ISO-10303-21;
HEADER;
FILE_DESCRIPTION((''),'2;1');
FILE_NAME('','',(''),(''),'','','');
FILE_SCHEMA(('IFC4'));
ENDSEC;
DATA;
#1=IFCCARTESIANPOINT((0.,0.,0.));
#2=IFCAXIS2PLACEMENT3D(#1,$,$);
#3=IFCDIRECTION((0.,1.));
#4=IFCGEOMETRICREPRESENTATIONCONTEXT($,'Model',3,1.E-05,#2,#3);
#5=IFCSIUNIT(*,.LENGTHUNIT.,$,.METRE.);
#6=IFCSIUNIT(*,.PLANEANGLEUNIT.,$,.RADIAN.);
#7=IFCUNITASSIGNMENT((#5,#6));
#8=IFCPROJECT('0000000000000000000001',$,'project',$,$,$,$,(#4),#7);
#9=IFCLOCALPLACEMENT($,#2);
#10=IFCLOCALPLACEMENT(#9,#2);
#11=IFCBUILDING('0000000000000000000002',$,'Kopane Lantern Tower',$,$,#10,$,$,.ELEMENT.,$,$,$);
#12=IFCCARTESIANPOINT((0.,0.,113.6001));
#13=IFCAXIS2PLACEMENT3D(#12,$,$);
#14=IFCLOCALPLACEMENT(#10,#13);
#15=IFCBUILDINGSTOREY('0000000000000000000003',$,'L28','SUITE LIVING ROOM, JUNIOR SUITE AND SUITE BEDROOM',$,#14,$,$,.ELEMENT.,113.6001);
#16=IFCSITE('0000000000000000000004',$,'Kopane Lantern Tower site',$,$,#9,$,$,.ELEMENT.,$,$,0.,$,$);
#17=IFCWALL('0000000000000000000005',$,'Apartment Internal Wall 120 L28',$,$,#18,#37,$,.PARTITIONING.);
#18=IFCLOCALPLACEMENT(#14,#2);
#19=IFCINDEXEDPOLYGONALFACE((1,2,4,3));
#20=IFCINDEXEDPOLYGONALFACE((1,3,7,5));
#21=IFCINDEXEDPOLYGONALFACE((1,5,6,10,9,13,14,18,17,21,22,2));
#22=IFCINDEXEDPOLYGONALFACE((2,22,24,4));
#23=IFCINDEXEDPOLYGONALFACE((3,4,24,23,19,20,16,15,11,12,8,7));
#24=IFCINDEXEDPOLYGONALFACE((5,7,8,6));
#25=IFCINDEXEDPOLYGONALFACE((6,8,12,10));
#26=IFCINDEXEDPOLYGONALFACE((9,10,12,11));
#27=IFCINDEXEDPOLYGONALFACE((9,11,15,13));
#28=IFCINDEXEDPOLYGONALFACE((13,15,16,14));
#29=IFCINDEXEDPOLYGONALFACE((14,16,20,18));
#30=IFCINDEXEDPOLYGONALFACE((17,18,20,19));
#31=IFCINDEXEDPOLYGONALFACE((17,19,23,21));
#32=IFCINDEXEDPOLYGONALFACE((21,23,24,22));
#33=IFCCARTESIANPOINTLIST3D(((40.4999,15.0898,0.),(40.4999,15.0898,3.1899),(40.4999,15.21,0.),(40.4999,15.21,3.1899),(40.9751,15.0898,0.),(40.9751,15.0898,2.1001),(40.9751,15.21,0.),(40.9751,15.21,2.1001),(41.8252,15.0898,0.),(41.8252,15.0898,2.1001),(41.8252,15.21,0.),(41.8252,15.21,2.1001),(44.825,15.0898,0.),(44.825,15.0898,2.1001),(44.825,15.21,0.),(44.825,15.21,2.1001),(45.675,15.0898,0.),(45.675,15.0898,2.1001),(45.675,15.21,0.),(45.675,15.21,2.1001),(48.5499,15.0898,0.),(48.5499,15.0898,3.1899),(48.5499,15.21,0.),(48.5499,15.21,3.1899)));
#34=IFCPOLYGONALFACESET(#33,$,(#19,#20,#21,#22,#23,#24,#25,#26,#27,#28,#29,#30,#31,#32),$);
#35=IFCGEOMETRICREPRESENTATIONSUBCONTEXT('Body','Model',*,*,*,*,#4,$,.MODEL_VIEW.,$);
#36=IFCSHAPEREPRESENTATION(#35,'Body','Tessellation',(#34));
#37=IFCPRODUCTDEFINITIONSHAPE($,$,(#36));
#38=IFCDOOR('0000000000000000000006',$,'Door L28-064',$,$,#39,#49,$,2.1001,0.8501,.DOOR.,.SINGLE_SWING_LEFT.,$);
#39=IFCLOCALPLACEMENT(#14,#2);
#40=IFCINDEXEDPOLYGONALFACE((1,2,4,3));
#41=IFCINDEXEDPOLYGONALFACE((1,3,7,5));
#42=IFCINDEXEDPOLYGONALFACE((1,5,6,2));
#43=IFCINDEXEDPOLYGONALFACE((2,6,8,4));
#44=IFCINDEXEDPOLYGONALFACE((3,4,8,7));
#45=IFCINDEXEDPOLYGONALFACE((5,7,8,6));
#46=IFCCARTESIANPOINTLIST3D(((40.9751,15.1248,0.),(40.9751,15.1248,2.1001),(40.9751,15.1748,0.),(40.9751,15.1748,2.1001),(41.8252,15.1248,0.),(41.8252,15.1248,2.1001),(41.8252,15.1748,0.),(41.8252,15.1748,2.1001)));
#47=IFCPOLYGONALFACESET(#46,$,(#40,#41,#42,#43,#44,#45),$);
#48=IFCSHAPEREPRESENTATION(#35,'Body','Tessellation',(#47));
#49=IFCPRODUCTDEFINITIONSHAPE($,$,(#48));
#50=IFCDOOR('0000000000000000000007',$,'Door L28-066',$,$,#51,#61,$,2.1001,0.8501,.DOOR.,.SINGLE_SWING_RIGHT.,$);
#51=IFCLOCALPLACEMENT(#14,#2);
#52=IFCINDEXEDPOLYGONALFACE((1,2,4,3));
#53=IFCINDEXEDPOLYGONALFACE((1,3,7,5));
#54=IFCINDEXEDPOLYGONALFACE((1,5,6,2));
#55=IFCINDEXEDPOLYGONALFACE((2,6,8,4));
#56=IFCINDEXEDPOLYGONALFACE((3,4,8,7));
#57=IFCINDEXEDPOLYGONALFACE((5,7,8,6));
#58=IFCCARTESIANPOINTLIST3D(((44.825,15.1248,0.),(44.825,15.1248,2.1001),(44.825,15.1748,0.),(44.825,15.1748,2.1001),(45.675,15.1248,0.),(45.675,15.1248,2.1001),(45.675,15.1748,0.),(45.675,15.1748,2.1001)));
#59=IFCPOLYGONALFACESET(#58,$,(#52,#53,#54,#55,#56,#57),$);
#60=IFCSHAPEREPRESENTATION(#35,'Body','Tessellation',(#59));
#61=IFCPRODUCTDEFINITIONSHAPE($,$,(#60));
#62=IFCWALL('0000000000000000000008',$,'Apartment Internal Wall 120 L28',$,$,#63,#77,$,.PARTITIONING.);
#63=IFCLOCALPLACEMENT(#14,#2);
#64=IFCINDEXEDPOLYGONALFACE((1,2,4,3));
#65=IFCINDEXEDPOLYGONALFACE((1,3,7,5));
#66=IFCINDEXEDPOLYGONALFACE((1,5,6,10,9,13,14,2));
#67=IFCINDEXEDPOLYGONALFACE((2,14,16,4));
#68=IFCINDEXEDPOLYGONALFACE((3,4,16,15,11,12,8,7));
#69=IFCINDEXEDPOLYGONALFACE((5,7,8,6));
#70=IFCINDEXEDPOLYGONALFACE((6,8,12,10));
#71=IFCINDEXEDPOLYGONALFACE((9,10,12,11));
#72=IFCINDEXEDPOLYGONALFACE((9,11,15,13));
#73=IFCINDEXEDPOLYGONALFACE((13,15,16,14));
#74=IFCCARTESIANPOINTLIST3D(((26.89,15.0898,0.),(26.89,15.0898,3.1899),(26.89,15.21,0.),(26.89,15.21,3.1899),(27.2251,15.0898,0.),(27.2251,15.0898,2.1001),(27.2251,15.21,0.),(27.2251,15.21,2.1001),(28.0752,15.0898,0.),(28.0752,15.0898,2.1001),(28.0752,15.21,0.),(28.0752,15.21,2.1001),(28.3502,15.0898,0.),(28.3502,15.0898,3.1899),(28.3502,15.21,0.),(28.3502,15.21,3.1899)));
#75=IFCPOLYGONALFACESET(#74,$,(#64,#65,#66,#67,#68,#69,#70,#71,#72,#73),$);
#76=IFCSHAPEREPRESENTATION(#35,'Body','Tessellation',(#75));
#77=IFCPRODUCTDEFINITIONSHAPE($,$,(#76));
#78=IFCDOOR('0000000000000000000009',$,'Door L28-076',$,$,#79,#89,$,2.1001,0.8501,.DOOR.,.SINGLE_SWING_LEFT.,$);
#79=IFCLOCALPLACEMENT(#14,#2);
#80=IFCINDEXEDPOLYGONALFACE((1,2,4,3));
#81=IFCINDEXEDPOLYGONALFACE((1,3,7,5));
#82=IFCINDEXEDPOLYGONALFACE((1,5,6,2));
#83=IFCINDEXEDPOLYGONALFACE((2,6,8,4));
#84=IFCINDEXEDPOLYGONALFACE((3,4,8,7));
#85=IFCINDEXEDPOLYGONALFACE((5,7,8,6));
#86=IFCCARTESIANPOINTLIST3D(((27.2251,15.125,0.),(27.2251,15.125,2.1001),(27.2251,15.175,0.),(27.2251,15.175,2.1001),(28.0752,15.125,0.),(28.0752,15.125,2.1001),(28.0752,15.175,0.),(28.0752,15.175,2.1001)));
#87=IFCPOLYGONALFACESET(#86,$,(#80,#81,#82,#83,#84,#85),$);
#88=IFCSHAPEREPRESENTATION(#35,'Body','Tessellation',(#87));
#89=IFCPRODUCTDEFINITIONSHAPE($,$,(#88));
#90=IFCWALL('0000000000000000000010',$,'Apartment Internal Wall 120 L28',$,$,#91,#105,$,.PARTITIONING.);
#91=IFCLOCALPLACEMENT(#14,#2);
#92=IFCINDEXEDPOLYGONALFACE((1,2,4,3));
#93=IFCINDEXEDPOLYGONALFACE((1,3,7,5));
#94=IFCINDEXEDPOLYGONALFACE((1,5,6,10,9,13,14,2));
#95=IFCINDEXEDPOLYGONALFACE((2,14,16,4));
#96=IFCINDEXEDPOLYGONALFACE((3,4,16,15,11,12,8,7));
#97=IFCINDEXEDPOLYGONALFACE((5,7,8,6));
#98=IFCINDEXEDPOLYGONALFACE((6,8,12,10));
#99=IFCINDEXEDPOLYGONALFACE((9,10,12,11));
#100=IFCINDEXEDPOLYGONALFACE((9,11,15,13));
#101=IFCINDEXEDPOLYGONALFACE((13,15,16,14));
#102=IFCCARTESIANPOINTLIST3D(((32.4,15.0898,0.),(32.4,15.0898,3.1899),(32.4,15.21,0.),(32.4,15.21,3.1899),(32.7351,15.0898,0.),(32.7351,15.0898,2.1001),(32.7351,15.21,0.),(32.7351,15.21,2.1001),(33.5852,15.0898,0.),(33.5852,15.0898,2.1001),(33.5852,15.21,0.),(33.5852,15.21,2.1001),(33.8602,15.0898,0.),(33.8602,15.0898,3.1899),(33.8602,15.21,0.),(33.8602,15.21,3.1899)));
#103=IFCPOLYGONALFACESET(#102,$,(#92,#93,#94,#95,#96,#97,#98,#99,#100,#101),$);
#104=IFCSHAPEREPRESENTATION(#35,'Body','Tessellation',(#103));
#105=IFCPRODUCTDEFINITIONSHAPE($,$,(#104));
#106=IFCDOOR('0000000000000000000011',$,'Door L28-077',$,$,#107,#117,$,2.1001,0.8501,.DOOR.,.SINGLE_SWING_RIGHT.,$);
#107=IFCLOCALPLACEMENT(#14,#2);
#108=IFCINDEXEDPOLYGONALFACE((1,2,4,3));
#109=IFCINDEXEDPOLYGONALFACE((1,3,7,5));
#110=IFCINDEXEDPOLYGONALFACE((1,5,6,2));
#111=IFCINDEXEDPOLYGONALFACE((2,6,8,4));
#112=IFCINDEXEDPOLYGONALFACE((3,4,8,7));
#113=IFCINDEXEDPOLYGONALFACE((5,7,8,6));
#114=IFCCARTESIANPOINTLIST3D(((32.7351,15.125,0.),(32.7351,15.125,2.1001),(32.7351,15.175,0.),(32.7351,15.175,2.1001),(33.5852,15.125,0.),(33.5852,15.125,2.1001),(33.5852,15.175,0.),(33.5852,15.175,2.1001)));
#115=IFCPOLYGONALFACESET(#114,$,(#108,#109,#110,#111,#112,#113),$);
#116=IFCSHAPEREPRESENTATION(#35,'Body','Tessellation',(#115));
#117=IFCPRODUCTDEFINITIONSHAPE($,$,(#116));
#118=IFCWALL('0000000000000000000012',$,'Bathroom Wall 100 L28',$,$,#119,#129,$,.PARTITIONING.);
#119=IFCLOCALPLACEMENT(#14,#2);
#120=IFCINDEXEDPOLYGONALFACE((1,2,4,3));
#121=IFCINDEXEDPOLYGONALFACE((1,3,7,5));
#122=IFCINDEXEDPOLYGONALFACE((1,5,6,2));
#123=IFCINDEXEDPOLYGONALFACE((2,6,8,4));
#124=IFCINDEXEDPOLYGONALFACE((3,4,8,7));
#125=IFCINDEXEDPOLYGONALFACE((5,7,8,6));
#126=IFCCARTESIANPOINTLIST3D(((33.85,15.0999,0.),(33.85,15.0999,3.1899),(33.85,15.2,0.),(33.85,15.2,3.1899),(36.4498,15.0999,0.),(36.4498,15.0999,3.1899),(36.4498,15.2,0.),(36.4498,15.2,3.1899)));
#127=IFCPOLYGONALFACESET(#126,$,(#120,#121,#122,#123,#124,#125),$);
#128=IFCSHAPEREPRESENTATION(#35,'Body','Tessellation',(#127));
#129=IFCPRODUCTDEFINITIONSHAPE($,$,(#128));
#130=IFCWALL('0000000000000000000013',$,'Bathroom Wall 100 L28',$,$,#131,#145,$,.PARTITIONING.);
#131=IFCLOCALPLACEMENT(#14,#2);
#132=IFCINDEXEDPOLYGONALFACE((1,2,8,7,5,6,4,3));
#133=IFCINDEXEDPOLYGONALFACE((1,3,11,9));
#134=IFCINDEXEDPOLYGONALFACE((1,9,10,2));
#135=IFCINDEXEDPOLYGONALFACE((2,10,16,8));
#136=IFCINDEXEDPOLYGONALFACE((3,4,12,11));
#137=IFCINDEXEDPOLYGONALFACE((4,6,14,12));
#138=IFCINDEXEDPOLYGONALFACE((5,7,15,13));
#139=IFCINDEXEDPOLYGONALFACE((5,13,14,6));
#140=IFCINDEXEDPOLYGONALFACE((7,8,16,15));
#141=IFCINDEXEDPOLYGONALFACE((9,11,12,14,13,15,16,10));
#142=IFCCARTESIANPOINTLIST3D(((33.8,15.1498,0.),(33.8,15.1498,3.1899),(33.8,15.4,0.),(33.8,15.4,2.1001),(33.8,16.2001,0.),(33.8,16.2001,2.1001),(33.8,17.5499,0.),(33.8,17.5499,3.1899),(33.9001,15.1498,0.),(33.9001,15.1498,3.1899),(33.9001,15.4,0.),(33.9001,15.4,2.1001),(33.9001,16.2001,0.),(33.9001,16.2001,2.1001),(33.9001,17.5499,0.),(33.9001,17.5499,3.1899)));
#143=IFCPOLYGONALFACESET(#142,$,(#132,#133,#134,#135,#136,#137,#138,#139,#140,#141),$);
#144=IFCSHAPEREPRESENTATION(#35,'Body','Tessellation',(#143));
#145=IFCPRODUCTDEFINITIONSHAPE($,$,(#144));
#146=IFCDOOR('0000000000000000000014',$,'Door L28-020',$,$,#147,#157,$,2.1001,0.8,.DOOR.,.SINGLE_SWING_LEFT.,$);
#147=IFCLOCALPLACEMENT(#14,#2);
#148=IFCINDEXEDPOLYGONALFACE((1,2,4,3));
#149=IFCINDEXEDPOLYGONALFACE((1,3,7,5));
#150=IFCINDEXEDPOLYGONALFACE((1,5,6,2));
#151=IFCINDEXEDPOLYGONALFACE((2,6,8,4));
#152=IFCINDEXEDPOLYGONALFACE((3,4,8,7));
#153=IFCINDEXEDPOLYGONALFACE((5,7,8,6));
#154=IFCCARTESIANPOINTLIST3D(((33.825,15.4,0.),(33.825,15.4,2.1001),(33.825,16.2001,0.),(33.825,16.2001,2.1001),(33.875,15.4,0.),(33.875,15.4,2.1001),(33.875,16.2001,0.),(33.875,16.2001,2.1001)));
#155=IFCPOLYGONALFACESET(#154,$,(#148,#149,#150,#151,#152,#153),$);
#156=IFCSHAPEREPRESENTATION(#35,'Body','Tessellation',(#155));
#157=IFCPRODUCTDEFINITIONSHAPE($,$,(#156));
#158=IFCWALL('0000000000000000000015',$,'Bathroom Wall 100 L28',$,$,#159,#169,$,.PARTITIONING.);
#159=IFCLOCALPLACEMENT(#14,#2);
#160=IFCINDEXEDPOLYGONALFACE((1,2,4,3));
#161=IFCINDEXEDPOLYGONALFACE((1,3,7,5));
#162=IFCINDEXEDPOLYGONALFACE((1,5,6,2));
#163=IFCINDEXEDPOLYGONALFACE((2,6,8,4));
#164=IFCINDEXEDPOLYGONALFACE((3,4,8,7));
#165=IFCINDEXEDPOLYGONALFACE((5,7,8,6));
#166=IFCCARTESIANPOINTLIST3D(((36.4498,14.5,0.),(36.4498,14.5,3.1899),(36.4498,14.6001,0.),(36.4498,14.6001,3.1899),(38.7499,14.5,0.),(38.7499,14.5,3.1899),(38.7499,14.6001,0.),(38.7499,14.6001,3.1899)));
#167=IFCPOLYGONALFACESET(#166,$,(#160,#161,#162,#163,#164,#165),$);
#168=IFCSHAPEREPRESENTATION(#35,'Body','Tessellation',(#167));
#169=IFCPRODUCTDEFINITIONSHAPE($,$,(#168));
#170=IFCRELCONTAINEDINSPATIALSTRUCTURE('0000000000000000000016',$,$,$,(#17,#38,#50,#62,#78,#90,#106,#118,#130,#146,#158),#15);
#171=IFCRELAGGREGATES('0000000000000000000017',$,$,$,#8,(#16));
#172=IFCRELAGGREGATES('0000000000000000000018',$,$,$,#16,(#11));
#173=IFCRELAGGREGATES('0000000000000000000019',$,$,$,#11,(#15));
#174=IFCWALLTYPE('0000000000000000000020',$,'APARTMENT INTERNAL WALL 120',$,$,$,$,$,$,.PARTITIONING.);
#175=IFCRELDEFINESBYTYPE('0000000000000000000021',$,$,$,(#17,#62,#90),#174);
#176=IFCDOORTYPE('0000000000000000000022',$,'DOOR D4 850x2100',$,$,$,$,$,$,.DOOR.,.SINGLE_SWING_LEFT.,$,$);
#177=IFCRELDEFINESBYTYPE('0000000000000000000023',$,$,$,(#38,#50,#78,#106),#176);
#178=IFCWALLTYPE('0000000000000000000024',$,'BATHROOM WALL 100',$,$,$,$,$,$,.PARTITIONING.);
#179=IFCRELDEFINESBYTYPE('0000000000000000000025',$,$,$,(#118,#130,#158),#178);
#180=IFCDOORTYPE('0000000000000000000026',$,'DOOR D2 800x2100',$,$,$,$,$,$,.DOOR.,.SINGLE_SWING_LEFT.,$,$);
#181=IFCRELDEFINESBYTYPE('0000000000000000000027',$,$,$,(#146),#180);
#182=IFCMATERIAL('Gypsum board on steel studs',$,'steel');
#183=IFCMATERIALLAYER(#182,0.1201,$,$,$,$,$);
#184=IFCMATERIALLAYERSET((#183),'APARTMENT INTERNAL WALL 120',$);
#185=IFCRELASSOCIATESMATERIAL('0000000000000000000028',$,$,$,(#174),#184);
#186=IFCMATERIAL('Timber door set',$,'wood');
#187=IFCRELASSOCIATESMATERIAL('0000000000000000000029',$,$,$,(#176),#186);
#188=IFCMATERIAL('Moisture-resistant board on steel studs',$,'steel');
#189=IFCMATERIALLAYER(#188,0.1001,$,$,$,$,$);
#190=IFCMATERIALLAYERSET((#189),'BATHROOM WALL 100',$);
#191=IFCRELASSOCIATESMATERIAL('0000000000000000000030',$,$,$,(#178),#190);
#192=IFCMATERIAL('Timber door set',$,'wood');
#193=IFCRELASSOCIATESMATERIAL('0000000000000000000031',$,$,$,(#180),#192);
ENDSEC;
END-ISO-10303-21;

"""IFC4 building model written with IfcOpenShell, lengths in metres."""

from ifc_helpers import new_model, si_unit, direction, frame, frame_2d, origin, place, context, subcontext, project, spatial, rectangle, extrude, material, layer, layer_set, type_object, element, fill, save


model = new_model("IFC4")

# Units and contexts
model_context = context("Model", 3, precision=1e-05, world=origin(), true_north=direction((0.0, 1.0)))
body_context = subcontext(model_context, "Body", "Model", "MODEL_VIEW")
ifc_project = project(units=[si_unit("LENGTHUNIT", "METRE"), si_unit("PLANEANGLEUNIT", "RADIAN")], contexts=[model_context])

# Site, building, storey
site_placement = place(None, origin())
site = spatial("IfcSite", under=ifc_project, at=site_placement, Name="Kopane Lantern Tower site", CompositionType="ELEMENT", RefElevation=0.0)
building_placement = place(site_placement, origin())
building = spatial("IfcBuilding", under=site, at=building_placement, Name="Kopane Lantern Tower", CompositionType="ELEMENT")
storey_placement = place(building_placement, frame((0.0, 0.0, 113.6001)))
storey = spatial("IfcBuildingStorey", under=building, at=storey_placement, Name="L28", Description="SUITE LIVING ROOM, JUNIOR SUITE AND SUITE BEDROOM", CompositionType="ELEMENT", Elevation=113.6001)

# Shared definitions
ifc_material_1 = material(Name="Gypsum board on steel studs", Category="steel")
ifc_layer_1 = layer(ifc_material_1, 0.1201)
ifc_layer_set_1 = layer_set([ifc_layer_1], Name="APARTMENT INTERNAL WALL 120")
wall_type_1 = type_object("IfcWallType", Name="APARTMENT INTERNAL WALL 120", PredefinedType="PARTITIONING", material=ifc_layer_set_1)
ifc_material_2 = material(Name="Timber door set", Category="wood")
door_type_1 = type_object("IfcDoorType", Name="DOOR D4 850x2100", OperationType="SINGLE_SWING_LEFT", PredefinedType="DOOR", material=ifc_material_2)

# Wall, openings, doors
wall_1_placement = place(storey_placement, frame((40.5, 15.1499, 0.0), z_axis=(0.0, 0.0, 1.0), x_axis=(1.0, 0.0, 0.0)))
wall_1 = element("IfcWall", 1, at=wall_1_placement, inside=storey, type_object=wall_type_1, Name="Apartment Internal Wall 120 L28", PredefinedType="PARTITIONING", context=body_context, shape_type="SweptSolid", body=[
    extrude(rectangle(XDim=8.05, YDim=0.1201, at=frame_2d((4.0249, 0.0))), origin(), (0.0, 0.0, 1.0), 3.1899),
])
opening_1_placement = place(wall_1_placement, frame((0.4751, 0.0, 0.0)))
opening_1 = element("IfcOpeningElement", 2, at=opening_1_placement, cuts=wall_1, PredefinedType="OPENING", context=body_context, shape_type="SweptSolid", body=[
    extrude(rectangle(XDim=0.8501, YDim=2.1001, at=frame_2d((0.425, 1.05))), frame((0.0, 0.0701, 0.0), z_axis=(0.0, -1.0, 0.0), x_axis=(1.0, 0.0, 0.0)), (0.0, 0.0, 1.0), 0.1401),
])
opening_2_placement = place(wall_1_placement, frame((4.325, 0.0, 0.0)))
opening_2 = element("IfcOpeningElement", 3, at=opening_2_placement, cuts=wall_1, PredefinedType="OPENING", context=body_context, shape_type="SweptSolid", body=[
    extrude(rectangle(XDim=0.8501, YDim=2.1001, at=frame_2d((0.425, 1.05))), frame((0.0, 0.0701, 0.0), z_axis=(0.0, -1.0, 0.0), x_axis=(1.0, 0.0, 0.0)), (0.0, 0.0, 1.0), 0.1401),
])
door_1_placement = place(opening_1_placement, origin())
door_1 = element("IfcDoor", 4, at=door_1_placement, inside=storey, type_object=door_type_1, Name="Door L28-064", OperationType="SINGLE_SWING_LEFT", OverallHeight=2.1001, OverallWidth=0.8501, PredefinedType="DOOR", context=body_context, shape_type="SweptSolid", body=[
    extrude(rectangle(XDim=0.8501, YDim=2.1001, at=frame_2d((0.425, 1.05))), frame((0.0, 0.0249, 0.0), z_axis=(0.0, -1.0, 0.0), x_axis=(1.0, 0.0, 0.0)), (0.0, 0.0, 1.0), 0.05),
])
fill(opening_1, door_1)
door_2_placement = place(opening_2_placement, origin())
door_2 = element("IfcDoor", 5, at=door_2_placement, inside=storey, type_object=door_type_1, Name="Door L28-066", OperationType="SINGLE_SWING_RIGHT", OverallHeight=2.1001, OverallWidth=0.8501, PredefinedType="DOOR", context=body_context, shape_type="SweptSolid", body=[
    extrude(rectangle(XDim=0.8501, YDim=2.1001, at=frame_2d((0.425, 1.05))), frame((0.0, 0.0249, 0.0), z_axis=(0.0, -1.0, 0.0), x_axis=(1.0, 0.0, 0.0)), (0.0, 0.0, 1.0), 0.05),
])
fill(opening_2, door_2)

# Walls, openings, doors
wall_2_placement = place(storey_placement, frame((28.3501, 15.1499, 0.0), z_axis=(0.0, 0.0, 1.0), x_axis=(-1.0, 0.0, 0.0)))
wall_2 = element("IfcWall", 6, at=wall_2_placement, inside=storey, type_object=wall_type_1, Name="Apartment Internal Wall 120 L28", PredefinedType="PARTITIONING", context=body_context, shape_type="SweptSolid", body=[
    extrude(rectangle(XDim=1.4602, YDim=0.1201, at=frame_2d((0.73, 0.0))), origin(), (0.0, 0.0, 1.0), 3.1899),
])
opening_3_placement = place(wall_2_placement, frame((0.2749, 0.0, 0.0)))
opening_3 = element("IfcOpeningElement", 7, at=opening_3_placement, cuts=wall_2, PredefinedType="OPENING", context=body_context, shape_type="SweptSolid", body=[
    extrude(rectangle(XDim=0.8501, YDim=2.1001, at=frame_2d((0.425, 1.05))), frame((0.0, 0.0701, 0.0), z_axis=(0.0, -1.0, 0.0), x_axis=(1.0, 0.0, 0.0)), (0.0, 0.0, 1.0), 0.1401),
])
door_3_placement = place(opening_3_placement, origin())
door_3 = element("IfcDoor", 8, at=door_3_placement, inside=storey, type_object=door_type_1, Name="Door L28-076", OperationType="SINGLE_SWING_LEFT", OverallHeight=2.1001, OverallWidth=0.8501, PredefinedType="DOOR", context=body_context, shape_type="SweptSolid", body=[
    extrude(rectangle(XDim=0.8501, YDim=2.1001, at=frame_2d((0.425, 1.05))), frame((0.0, 0.0249, 0.0), z_axis=(0.0, -1.0, 0.0), x_axis=(1.0, 0.0, 0.0)), (0.0, 0.0, 1.0), 0.05),
])
fill(opening_3, door_3)
wall_3_placement = place(storey_placement, frame((33.8601, 15.1499, 0.0), z_axis=(0.0, 0.0, 1.0), x_axis=(-1.0, 0.0, 0.0)))
wall_3 = element("IfcWall", 9, at=wall_3_placement, inside=storey, type_object=wall_type_1, Name="Apartment Internal Wall 120 L28", PredefinedType="PARTITIONING", context=body_context, shape_type="SweptSolid", body=[
    extrude(rectangle(XDim=1.4602, YDim=0.1201, at=frame_2d((0.73, 0.0))), origin(), (0.0, 0.0, 1.0), 3.1899),
])
opening_4_placement = place(wall_3_placement, frame((0.2749, 0.0, 0.0)))
opening_4 = element("IfcOpeningElement", 10, at=opening_4_placement, cuts=wall_3, PredefinedType="OPENING", context=body_context, shape_type="SweptSolid", body=[
    extrude(rectangle(XDim=0.8501, YDim=2.1001, at=frame_2d((0.425, 1.05))), frame((0.0, 0.0701, 0.0), z_axis=(0.0, -1.0, 0.0), x_axis=(1.0, 0.0, 0.0)), (0.0, 0.0, 1.0), 0.1401),
])
door_4_placement = place(opening_4_placement, origin())
door_4 = element("IfcDoor", 11, at=door_4_placement, inside=storey, type_object=door_type_1, Name="Door L28-077", OperationType="SINGLE_SWING_RIGHT", OverallHeight=2.1001, OverallWidth=0.8501, PredefinedType="DOOR", context=body_context, shape_type="SweptSolid", body=[
    extrude(rectangle(XDim=0.8501, YDim=2.1001, at=frame_2d((0.425, 1.05))), frame((0.0, 0.0249, 0.0), z_axis=(0.0, -1.0, 0.0), x_axis=(1.0, 0.0, 0.0)), (0.0, 0.0, 1.0), 0.05),
])
fill(opening_4, door_4)

# Wall
ifc_material_3 = material(Name="Moisture-resistant board on steel studs", Category="steel")
ifc_layer_2 = layer(ifc_material_3, 0.1001)
ifc_layer_set_2 = layer_set([ifc_layer_2], Name="BATHROOM WALL 100")
wall_type_2 = type_object("IfcWallType", Name="BATHROOM WALL 100", PredefinedType="PARTITIONING", material=ifc_layer_set_2)
wall_4_placement = place(storey_placement, frame((33.8501, 15.1499, 0.0), z_axis=(0.0, 0.0, 1.0), x_axis=(1.0, 0.0, 0.0)))
element("IfcWall", 12, at=wall_4_placement, inside=storey, type_object=wall_type_2, Name="Bathroom Wall 100 L28", PredefinedType="PARTITIONING", context=body_context, shape_type="SweptSolid", body=[
    extrude(rectangle(XDim=2.5999, YDim=0.1001, at=frame_2d((1.2998, 0.0))), origin(), (0.0, 0.0, 1.0), 3.1899),
])

# Wall, opening, door
wall_5_placement = place(storey_placement, frame((33.8501, 17.55, 0.0), z_axis=(0.0, 0.0, 1.0), x_axis=(0.0, -1.0, 0.0)))
wall_5 = element("IfcWall", 13, at=wall_5_placement, inside=storey, type_object=wall_type_2, Name="Bathroom Wall 100 L28", PredefinedType="PARTITIONING", context=body_context, shape_type="SweptSolid", body=[
    extrude(rectangle(XDim=2.4001, YDim=0.1001, at=frame_2d((1.2002, 0.0))), origin(), (0.0, 0.0, 1.0), 3.1899),
])
opening_5_placement = place(wall_5_placement, frame((1.3501, 0.0, 0.0)))
opening_5 = element("IfcOpeningElement", 14, at=opening_5_placement, cuts=wall_5, PredefinedType="OPENING", context=body_context, shape_type="SweptSolid", body=[
    extrude(rectangle(XDim=0.8, YDim=2.1001, at=frame_2d((0.3999, 1.05))), frame((0.0, 0.0601, 0.0), z_axis=(0.0, -1.0, 0.0), x_axis=(1.0, 0.0, 0.0)), (0.0, 0.0, 1.0), 0.1201),
])
ifc_material_4 = material(Name="Timber door set", Category="wood")
door_type_2 = type_object("IfcDoorType", Name="DOOR D2 800x2100", OperationType="SINGLE_SWING_LEFT", PredefinedType="DOOR", material=ifc_material_4)
door_5_placement = place(opening_5_placement, origin())
door_5 = element("IfcDoor", 15, at=door_5_placement, inside=storey, type_object=door_type_2, Name="Door L28-020", OperationType="SINGLE_SWING_LEFT", OverallHeight=2.1001, OverallWidth=0.8, PredefinedType="DOOR", context=body_context, shape_type="SweptSolid", body=[
    extrude(rectangle(XDim=0.8, YDim=2.1001, at=frame_2d((0.3999, 1.05))), frame((0.0, 0.0249, 0.0), z_axis=(0.0, -1.0, 0.0), x_axis=(1.0, 0.0, 0.0)), (0.0, 0.0, 1.0), 0.05),
])
fill(opening_5, door_5)

# Wall
wall_6_placement = place(storey_placement, frame((36.45, 14.55, 0.0), z_axis=(0.0, 0.0, 1.0), x_axis=(1.0, 0.0, 0.0)))
element("IfcWall", 16, at=wall_6_placement, inside=storey, type_object=wall_type_2, Name="Bathroom Wall 100 L28", PredefinedType="PARTITIONING", context=body_context, shape_type="SweptSolid", body=[
    extrude(rectangle(XDim=2.3, YDim=0.1001, at=frame_2d((1.1499, 0.0))), origin(), (0.0, 0.0, 1.0), 3.1899),
])

save(model, "model.ifc")
